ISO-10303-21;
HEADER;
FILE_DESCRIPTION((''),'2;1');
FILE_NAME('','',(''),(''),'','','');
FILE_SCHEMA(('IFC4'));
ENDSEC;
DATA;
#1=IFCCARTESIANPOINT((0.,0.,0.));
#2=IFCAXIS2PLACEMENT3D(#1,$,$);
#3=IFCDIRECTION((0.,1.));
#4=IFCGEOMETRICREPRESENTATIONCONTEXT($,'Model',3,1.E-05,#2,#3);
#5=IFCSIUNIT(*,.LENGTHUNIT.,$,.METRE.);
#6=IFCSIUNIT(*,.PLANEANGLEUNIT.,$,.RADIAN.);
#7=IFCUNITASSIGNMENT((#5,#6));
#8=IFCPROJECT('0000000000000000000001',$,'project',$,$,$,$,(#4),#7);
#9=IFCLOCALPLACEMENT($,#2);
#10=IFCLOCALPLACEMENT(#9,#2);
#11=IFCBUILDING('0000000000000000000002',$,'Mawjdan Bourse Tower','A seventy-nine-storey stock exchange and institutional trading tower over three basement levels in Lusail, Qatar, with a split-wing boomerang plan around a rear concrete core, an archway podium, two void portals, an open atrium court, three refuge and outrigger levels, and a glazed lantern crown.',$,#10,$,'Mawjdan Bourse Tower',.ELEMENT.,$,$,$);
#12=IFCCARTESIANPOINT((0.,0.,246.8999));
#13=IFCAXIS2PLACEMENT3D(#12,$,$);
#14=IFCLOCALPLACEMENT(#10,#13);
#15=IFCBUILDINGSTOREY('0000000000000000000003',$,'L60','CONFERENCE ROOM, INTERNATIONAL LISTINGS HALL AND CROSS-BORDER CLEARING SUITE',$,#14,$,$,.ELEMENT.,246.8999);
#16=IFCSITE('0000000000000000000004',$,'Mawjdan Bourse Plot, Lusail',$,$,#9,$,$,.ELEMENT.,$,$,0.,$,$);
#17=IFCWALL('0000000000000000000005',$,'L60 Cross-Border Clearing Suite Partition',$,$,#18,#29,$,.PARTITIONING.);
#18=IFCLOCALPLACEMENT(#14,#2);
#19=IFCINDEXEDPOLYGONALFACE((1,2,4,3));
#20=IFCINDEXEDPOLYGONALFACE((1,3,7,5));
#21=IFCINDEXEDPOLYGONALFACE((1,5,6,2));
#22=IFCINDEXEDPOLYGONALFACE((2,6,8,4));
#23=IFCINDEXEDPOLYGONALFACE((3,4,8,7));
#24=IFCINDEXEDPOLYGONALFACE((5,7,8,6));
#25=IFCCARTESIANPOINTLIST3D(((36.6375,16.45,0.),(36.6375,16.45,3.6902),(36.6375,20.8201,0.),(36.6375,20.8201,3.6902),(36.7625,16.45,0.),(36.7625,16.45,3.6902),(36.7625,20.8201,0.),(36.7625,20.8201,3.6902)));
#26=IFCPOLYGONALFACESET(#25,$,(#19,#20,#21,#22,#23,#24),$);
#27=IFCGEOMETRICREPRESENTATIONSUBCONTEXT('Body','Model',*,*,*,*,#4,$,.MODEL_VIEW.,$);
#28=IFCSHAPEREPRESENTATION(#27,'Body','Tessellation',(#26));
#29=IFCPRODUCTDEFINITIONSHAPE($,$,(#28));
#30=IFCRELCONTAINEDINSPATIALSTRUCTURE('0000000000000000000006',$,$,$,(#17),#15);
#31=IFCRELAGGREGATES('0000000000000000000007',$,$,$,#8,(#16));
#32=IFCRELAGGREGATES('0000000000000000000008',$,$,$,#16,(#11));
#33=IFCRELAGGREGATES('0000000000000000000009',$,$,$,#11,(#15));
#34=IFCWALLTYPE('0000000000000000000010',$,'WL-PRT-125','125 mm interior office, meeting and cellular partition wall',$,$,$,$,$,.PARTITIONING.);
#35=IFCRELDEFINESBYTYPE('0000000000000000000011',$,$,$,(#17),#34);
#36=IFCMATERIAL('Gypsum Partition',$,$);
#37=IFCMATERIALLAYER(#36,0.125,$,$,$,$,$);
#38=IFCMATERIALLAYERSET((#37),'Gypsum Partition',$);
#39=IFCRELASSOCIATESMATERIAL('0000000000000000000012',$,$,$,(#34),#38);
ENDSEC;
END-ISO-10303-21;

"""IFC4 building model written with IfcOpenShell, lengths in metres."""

from ifc_helpers import new_model, si_unit, direction, frame, frame_2d, origin, place, context, subcontext, project, spatial, rectangle, extrude, material, layer, layer_set, type_object, element, save


model = new_model("IFC4")

# Units and contexts
model_context = context("Model", 3, precision=1e-05, world=origin(), true_north=direction((0.0, 1.0)))
body_context = subcontext(model_context, "Body", "Model", "MODEL_VIEW")
ifc_project = project(units=[si_unit("LENGTHUNIT", "METRE"), si_unit("PLANEANGLEUNIT", "RADIAN")], contexts=[model_context])

# Site, building, storey
site_placement = place(None, origin())
site = spatial("IfcSite", under=ifc_project, at=site_placement, Name="Mawjdan Bourse Plot, Lusail", CompositionType="ELEMENT", RefElevation=0.0)
building_placement = place(site_placement, origin())
building = spatial("IfcBuilding", under=site, at=building_placement, Name="Mawjdan Bourse Tower", Description="A seventy-nine-storey stock exchange and institutional trading tower over three basement levels in Lusail, Qatar, with a split-wing boomerang plan around a rear concrete core, an archway podium, two void portals, an open atrium court, three refuge and outrigger levels, and a glazed lantern crown.", LongName="Mawjdan Bourse Tower", CompositionType="ELEMENT")
storey_placement = place(building_placement, frame((0.0, 0.0, 246.8999)))
storey = spatial("IfcBuildingStorey", under=building, at=storey_placement, Name="L60", Description="CONFERENCE ROOM, INTERNATIONAL LISTINGS HALL AND CROSS-BORDER CLEARING SUITE", CompositionType="ELEMENT", Elevation=246.8999)

# Wall
ifc_material_1 = material(Name="Gypsum Partition")
ifc_layer_1 = layer(ifc_material_1, 0.125)
ifc_layer_set_1 = layer_set([ifc_layer_1], Name="Gypsum Partition")
wall_type_1 = type_object("IfcWallType", Name="WL-PRT-125", Description="125 mm interior office, meeting and cellular partition wall", PredefinedType="PARTITIONING", material=ifc_layer_set_1)
wall_1_placement = place(storey_placement, frame((36.7, 16.45, 0.0), z_axis=(0.0, 0.0, 1.0), x_axis=(0.0, 1.0, 0.0)))
element("IfcWall", 1, at=wall_1_placement, inside=storey, type_object=wall_type_1, Name="L60 Cross-Border Clearing Suite Partition", PredefinedType="PARTITIONING", context=body_context, shape_type="SweptSolid", body=[
    extrude(rectangle(XDim=4.3701, YDim=0.125, at=frame_2d((2.1851, 0.0))), origin(), (0.0, 0.0, 1.0), 3.6902),
])

save(model, "model.ifc")
